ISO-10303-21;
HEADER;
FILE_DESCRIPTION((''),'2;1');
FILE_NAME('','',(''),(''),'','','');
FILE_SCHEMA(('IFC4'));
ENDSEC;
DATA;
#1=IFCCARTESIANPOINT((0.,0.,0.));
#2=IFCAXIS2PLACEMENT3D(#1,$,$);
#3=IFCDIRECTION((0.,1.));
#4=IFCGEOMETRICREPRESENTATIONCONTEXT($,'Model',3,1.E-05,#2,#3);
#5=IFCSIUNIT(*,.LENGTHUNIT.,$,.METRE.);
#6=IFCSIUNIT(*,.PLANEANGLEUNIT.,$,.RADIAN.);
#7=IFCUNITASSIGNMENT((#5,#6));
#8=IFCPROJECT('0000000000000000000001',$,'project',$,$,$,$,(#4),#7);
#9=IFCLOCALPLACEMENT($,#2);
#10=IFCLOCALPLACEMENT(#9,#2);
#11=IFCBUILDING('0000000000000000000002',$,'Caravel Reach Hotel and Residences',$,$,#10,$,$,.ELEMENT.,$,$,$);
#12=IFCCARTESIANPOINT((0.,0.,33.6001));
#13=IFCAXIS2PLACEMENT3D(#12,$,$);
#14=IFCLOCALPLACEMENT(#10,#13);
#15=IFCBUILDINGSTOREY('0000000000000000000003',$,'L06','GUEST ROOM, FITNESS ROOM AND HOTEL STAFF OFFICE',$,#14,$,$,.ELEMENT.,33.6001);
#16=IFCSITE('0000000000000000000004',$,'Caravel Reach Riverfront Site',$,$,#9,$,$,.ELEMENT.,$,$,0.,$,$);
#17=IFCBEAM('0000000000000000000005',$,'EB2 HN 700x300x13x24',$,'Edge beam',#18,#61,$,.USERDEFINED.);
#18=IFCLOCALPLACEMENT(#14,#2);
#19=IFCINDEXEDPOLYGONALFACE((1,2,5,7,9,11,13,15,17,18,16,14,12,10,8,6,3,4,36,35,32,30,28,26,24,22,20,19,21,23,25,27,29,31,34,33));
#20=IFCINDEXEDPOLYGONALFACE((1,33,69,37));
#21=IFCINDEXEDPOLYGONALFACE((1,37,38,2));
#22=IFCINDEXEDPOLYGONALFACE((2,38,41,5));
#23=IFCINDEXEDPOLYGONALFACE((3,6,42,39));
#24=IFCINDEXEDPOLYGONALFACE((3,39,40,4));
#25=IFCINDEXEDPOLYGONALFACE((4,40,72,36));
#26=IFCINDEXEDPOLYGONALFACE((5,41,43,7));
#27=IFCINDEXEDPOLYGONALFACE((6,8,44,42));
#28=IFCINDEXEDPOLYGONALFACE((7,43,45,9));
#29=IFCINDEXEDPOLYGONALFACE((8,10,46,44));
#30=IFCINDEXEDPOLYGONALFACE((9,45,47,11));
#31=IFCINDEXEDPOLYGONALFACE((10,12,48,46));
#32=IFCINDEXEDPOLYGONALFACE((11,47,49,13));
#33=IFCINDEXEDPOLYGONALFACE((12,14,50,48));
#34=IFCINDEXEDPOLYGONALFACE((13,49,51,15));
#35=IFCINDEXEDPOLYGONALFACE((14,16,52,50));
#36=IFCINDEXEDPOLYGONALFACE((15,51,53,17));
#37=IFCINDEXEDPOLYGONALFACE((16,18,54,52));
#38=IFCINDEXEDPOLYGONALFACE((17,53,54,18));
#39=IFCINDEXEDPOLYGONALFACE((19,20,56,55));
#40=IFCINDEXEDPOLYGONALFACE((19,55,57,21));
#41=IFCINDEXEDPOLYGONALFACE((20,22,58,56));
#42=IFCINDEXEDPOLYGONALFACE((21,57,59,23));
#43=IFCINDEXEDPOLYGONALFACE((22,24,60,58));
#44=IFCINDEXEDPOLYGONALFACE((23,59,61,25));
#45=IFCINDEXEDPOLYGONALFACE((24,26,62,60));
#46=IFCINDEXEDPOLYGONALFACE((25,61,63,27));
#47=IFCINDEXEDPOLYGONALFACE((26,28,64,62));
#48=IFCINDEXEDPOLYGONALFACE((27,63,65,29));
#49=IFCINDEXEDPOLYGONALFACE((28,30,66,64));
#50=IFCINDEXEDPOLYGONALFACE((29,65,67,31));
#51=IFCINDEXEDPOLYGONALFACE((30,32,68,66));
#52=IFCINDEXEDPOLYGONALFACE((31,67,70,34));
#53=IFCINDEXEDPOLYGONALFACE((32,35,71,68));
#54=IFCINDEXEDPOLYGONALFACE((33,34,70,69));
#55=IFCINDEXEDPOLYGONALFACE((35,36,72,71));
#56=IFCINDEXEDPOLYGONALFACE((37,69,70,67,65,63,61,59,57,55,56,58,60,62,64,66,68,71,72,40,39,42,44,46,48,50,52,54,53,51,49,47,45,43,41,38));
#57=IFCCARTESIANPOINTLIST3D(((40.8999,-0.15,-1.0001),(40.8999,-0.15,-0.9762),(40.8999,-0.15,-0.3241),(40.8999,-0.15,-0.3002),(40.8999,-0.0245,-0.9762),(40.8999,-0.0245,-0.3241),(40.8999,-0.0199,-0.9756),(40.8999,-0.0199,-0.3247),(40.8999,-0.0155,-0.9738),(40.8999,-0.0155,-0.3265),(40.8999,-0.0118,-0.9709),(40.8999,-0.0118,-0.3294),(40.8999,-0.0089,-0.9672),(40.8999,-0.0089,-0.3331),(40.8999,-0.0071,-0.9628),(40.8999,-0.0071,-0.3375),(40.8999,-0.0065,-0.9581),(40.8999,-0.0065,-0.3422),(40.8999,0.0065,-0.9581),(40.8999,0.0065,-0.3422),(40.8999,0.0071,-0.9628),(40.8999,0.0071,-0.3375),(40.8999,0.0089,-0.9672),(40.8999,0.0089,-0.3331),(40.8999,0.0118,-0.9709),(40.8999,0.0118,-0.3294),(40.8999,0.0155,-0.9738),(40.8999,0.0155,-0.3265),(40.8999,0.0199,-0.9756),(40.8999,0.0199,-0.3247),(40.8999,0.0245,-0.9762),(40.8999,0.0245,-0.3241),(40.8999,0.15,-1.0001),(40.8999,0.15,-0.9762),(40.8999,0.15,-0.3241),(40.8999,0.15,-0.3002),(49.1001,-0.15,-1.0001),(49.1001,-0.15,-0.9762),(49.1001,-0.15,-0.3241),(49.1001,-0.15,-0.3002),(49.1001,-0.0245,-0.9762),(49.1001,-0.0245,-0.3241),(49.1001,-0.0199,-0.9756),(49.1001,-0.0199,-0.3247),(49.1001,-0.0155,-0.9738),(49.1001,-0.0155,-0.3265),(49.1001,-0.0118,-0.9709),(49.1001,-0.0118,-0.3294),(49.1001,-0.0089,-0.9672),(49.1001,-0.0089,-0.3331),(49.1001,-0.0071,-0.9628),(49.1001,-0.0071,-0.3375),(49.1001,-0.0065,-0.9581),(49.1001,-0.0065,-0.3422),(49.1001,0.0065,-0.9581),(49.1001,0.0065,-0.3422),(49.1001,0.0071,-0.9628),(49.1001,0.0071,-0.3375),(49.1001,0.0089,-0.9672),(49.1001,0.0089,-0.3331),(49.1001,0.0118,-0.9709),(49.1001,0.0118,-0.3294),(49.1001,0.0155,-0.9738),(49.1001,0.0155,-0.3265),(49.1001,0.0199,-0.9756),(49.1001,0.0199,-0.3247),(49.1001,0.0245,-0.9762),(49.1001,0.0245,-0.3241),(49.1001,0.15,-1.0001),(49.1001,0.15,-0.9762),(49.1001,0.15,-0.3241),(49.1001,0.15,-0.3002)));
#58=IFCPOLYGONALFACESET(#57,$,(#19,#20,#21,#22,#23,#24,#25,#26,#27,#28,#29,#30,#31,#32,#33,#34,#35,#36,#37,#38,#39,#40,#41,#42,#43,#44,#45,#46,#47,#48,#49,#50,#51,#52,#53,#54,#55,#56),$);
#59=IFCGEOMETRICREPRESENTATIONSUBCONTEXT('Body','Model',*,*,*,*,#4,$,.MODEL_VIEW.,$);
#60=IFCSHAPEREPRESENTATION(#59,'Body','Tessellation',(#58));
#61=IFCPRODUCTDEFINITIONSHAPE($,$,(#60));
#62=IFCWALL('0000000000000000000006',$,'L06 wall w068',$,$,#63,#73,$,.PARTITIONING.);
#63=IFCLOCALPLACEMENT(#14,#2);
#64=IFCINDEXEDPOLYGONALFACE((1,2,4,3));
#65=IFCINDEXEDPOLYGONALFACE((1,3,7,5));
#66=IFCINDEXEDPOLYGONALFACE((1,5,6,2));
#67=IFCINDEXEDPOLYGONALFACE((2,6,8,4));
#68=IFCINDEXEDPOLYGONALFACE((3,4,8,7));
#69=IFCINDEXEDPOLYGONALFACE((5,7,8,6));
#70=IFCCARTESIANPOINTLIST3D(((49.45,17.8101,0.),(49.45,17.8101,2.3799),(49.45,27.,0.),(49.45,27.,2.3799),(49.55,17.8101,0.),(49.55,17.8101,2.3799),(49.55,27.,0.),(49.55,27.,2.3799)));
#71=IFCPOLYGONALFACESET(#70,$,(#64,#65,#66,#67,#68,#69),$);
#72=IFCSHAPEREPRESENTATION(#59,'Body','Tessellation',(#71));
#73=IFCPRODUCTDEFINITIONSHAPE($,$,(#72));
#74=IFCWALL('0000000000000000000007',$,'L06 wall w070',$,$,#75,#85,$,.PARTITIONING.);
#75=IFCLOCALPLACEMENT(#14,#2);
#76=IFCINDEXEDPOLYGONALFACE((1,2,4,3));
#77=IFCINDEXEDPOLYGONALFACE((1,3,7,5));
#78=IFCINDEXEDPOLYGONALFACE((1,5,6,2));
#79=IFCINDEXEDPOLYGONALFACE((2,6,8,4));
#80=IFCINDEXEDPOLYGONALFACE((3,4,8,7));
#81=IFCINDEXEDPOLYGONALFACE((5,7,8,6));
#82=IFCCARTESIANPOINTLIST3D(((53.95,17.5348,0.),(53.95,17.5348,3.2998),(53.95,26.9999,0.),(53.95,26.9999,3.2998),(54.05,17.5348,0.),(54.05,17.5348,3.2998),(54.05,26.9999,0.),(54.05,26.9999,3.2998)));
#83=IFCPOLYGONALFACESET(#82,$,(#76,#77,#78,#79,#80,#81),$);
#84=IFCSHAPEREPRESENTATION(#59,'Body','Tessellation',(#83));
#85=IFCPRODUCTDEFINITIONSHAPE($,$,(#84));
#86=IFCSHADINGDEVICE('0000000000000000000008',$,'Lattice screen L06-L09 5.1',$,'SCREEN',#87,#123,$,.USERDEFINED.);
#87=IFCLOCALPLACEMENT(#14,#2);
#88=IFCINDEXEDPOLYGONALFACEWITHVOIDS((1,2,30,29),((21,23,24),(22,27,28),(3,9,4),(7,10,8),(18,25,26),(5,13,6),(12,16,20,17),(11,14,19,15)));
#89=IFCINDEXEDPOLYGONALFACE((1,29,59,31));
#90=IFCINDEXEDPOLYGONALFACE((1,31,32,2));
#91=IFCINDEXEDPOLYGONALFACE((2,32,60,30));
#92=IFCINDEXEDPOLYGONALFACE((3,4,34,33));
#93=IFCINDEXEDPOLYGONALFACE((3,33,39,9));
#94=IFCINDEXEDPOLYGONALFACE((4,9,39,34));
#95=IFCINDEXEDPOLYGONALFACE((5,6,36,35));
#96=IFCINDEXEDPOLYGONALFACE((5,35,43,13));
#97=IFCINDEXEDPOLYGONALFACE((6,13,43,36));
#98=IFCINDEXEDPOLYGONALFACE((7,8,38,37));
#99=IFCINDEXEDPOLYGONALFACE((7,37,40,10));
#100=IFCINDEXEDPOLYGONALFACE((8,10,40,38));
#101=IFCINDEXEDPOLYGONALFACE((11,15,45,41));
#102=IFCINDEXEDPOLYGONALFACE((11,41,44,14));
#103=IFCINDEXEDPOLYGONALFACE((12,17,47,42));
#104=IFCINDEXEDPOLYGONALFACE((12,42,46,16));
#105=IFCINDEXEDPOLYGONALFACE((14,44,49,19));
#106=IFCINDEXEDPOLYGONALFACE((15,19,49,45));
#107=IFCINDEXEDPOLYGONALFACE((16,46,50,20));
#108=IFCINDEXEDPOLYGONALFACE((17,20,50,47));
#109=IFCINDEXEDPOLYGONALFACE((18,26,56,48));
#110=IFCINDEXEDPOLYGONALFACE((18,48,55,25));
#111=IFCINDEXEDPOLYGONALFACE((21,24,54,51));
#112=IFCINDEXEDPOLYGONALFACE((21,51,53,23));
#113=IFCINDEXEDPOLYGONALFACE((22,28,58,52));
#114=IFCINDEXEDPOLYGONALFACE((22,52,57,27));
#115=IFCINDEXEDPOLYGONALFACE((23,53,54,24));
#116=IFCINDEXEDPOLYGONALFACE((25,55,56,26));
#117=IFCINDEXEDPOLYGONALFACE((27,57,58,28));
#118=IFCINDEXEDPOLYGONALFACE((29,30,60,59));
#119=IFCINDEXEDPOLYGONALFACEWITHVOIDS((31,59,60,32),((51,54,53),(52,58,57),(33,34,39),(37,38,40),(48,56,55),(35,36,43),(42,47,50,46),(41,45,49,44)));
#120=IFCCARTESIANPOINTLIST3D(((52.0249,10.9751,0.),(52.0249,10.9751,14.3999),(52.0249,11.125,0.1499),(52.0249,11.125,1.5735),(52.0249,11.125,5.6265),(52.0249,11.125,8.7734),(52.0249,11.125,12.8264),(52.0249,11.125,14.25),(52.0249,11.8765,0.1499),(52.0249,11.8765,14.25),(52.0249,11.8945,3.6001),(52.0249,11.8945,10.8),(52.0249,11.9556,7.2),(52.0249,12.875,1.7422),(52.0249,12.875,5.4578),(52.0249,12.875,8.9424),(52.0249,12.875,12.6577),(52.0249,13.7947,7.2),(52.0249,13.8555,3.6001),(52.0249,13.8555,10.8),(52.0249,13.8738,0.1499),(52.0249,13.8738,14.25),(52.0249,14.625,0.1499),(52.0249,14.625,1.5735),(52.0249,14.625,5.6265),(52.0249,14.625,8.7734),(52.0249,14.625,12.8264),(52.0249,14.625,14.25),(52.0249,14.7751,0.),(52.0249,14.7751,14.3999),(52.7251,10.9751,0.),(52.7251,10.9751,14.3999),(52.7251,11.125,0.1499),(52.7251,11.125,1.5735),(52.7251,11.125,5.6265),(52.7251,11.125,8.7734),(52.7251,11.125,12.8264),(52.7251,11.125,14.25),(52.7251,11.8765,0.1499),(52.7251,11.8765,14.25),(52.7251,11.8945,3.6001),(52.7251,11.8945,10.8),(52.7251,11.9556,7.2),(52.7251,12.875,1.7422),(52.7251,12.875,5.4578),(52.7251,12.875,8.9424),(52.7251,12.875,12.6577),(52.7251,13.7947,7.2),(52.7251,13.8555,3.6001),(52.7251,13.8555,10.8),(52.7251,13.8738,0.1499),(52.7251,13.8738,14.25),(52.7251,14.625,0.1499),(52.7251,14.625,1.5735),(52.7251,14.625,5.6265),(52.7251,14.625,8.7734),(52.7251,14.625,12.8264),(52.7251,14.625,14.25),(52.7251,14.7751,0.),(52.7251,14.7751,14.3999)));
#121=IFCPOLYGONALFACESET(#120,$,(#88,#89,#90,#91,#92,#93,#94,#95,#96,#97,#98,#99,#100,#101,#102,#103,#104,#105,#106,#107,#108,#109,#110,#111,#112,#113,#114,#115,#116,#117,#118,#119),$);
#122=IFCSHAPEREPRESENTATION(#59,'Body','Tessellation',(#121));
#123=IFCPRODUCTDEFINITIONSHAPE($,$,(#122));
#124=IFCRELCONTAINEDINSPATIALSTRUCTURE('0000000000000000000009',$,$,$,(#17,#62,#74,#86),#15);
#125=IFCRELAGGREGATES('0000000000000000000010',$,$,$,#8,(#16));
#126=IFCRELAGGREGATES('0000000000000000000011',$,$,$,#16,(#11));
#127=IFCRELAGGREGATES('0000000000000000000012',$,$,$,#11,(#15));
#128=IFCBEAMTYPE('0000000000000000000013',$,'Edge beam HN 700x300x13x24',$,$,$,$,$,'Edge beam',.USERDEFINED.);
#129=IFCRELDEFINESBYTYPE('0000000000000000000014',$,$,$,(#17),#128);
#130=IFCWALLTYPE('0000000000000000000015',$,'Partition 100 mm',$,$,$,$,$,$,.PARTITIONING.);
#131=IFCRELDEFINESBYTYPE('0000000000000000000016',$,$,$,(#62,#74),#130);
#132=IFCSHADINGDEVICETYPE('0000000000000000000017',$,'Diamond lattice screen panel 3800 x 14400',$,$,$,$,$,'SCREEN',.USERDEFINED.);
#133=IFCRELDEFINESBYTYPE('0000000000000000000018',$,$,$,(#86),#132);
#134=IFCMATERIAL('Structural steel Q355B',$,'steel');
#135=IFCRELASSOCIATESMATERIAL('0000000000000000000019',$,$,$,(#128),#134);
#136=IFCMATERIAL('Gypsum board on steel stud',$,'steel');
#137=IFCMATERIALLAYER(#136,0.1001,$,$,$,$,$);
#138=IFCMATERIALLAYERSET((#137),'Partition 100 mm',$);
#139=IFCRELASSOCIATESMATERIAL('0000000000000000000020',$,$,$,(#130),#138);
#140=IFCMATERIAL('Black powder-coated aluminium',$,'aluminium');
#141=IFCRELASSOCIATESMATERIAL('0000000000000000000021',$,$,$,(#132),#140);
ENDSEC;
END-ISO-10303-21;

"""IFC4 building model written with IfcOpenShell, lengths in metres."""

from ifc_helpers import new_model, si_unit, direction, frame, frame_2d, origin, origin_2d, place, context, subcontext, project, spatial, polyline, rectangle, i_section, outline, extrude, material, layer, layer_set, material_profile, profile_set, type_object, element, save


model = new_model("IFC4")

# Units and contexts
model_context = context("Model", 3, precision=1e-05, world=origin(), true_north=direction((0.0, 1.0)))
body_context = subcontext(model_context, "Body", "Model", "MODEL_VIEW")
ifc_project = project(units=[si_unit("LENGTHUNIT", "METRE"), si_unit("PLANEANGLEUNIT", "RADIAN")], contexts=[model_context])

# Site, building, storey
site_placement = place(None, origin())
site = spatial("IfcSite", under=ifc_project, at=site_placement, Name="Caravel Reach Riverfront Site", CompositionType="ELEMENT", RefElevation=0.0)
building_placement = place(site_placement, origin())
building = spatial("IfcBuilding", under=site, at=building_placement, Name="Caravel Reach Hotel and Residences", CompositionType="ELEMENT")
storey_placement = place(building_placement, frame((0.0, 0.0, 33.6001)))
storey = spatial("IfcBuildingStorey", under=building, at=storey_placement, Name="L06", Description="GUEST ROOM, FITNESS ROOM AND HOTEL STAFF OFFICE", CompositionType="ELEMENT", Elevation=33.6001)

# Beam
ifc_material_1 = material(Name="Structural steel Q355B", Category="steel")
ifc_material_profile = material_profile(ifc_material_1, i_section(OverallWidth=0.3, OverallDepth=0.7, WebThickness=0.0129, FlangeThickness=0.0239, FilletRadius=0.0181, at=origin_2d()), Name="HN 700x300x13x24")
ifc_profile_set = profile_set([ifc_material_profile], Name="Structural steel Q355B")
beam_type = type_object("IfcBeamType", Name="Edge beam HN 700x300x13x24", ElementType="Edge beam", PredefinedType="USERDEFINED", material=ifc_profile_set)
for number, where, z_axis, x_axis, name in (
    (1, (49.1001, 0.0, -0.6501), (-1.0, 0.0, 0.0), (0.0, -1.0, 0.0), "EB2 HN 700x300x13x24"),
):
    element("IfcBeam", number, at=place(storey_placement, frame(where, z_axis=z_axis, x_axis=x_axis)), inside=storey, type_object=beam_type, Name=name, ObjectType="Edge beam", PredefinedType="USERDEFINED", context=body_context, shape_type="SweptSolid", body=[
        extrude(i_section(OverallWidth=0.3, OverallDepth=0.7, WebThickness=0.0129, FlangeThickness=0.0239, FilletRadius=0.0181, at=origin_2d()), origin(), (0.0, 0.0, 1.0), 8.2002),
    ])

# Walls
ifc_material_2 = material(Name="Gypsum board on steel stud", Category="steel")
ifc_layer_1 = layer(ifc_material_2, 0.1001)
ifc_layer_set_1 = layer_set([ifc_layer_1], Name="Partition 100 mm")
wall_type_1 = type_object("IfcWallType", Name="Partition 100 mm", PredefinedType="PARTITIONING", material=ifc_layer_set_1)
wall_1_placement = place(storey_placement, frame((49.5, 17.8101, 0.0), z_axis=(0.0, 0.0, 1.0), x_axis=(0.0, 1.0, 0.0)))
element("IfcWall", 2, at=wall_1_placement, inside=storey, type_object=wall_type_1, Name="L06 wall w068", PredefinedType="PARTITIONING", context=body_context, shape_type="SweptSolid", body=[
    extrude(rectangle(XDim=9.1899, YDim=0.1001, at=frame_2d((4.595, 0.0))), origin(), (0.0, 0.0, 1.0), 2.3799),
])
wall_2_placement = place(storey_placement, frame((54.0, 17.5349, 0.0), z_axis=(0.0, 0.0, 1.0), x_axis=(0.0, 1.0, 0.0)))
element("IfcWall", 3, at=wall_2_placement, inside=storey, type_object=wall_type_1, Name="L06 wall w070", PredefinedType="PARTITIONING", context=body_context, shape_type="SweptSolid", body=[
    extrude(rectangle(XDim=9.4651, YDim=0.1001, at=frame_2d((4.7324, 0.0))), origin(), (0.0, 0.0, 1.0), 3.2998),
])

# Shading device
ifc_material_3 = material(Name="Black powder-coated aluminium", Category="aluminium")
shading_device_type_1 = type_object("IfcShadingDeviceType", Name="Diamond lattice screen panel 3800 x 14400", ElementType="SCREEN", PredefinedType="USERDEFINED", material=ifc_material_3)
shading_device_1_placement = place(storey_placement, frame((52.0249, 10.9751, 0.0), z_axis=(1.0, 0.0, 0.0), x_axis=(0.0, 1.0, 0.0)))
element("IfcShadingDevice", 4, at=shading_device_1_placement, inside=storey, type_object=shading_device_type_1, Name="Lattice screen L06-L09 5.1", ObjectType="SCREEN", PredefinedType="USERDEFINED", context=body_context, shape_type="SweptSolid", body=[
    extrude(outline(polyline([(0.0, 0.0), (3.8, 0.0), (3.8, 14.3999), (0.0, 14.3999), (0.0, 0.0)]), holes=[polyline([(0.9014, 0.1499), (0.1499, 1.5735), (0.1499, 0.1499), (0.9014, 0.1499)]), polyline([(0.9805, 7.2), (0.1499, 8.7734), (0.1499, 5.6265), (0.9805, 7.2)]), polyline([(0.1499, 12.8264), (0.9014, 14.25), (0.1499, 14.25), (0.1499, 12.8264)]), polyline([(1.8999, 5.4578), (0.9194, 3.6001), (1.8999, 1.7422), (2.8804, 3.6001), (1.8999, 5.4578)]), polyline([(1.8999, 12.6577), (0.9194, 10.8), (1.8999, 8.9424), (2.8804, 10.8), (1.8999, 12.6577)]), polyline([(3.6499, 1.5735), (2.8987, 0.1499), (3.6499, 0.1499), (3.6499, 1.5735)]), polyline([(2.8196, 7.2), (3.6499, 5.6265), (3.6499, 8.7734), (2.8196, 7.2)]), polyline([(2.8987, 14.25), (3.6499, 12.8264), (3.6499, 14.25), (2.8987, 14.25)])]), origin(), (0.0, 0.0, 1.0), 0.7002),
])

save(model, "model.ifc")
